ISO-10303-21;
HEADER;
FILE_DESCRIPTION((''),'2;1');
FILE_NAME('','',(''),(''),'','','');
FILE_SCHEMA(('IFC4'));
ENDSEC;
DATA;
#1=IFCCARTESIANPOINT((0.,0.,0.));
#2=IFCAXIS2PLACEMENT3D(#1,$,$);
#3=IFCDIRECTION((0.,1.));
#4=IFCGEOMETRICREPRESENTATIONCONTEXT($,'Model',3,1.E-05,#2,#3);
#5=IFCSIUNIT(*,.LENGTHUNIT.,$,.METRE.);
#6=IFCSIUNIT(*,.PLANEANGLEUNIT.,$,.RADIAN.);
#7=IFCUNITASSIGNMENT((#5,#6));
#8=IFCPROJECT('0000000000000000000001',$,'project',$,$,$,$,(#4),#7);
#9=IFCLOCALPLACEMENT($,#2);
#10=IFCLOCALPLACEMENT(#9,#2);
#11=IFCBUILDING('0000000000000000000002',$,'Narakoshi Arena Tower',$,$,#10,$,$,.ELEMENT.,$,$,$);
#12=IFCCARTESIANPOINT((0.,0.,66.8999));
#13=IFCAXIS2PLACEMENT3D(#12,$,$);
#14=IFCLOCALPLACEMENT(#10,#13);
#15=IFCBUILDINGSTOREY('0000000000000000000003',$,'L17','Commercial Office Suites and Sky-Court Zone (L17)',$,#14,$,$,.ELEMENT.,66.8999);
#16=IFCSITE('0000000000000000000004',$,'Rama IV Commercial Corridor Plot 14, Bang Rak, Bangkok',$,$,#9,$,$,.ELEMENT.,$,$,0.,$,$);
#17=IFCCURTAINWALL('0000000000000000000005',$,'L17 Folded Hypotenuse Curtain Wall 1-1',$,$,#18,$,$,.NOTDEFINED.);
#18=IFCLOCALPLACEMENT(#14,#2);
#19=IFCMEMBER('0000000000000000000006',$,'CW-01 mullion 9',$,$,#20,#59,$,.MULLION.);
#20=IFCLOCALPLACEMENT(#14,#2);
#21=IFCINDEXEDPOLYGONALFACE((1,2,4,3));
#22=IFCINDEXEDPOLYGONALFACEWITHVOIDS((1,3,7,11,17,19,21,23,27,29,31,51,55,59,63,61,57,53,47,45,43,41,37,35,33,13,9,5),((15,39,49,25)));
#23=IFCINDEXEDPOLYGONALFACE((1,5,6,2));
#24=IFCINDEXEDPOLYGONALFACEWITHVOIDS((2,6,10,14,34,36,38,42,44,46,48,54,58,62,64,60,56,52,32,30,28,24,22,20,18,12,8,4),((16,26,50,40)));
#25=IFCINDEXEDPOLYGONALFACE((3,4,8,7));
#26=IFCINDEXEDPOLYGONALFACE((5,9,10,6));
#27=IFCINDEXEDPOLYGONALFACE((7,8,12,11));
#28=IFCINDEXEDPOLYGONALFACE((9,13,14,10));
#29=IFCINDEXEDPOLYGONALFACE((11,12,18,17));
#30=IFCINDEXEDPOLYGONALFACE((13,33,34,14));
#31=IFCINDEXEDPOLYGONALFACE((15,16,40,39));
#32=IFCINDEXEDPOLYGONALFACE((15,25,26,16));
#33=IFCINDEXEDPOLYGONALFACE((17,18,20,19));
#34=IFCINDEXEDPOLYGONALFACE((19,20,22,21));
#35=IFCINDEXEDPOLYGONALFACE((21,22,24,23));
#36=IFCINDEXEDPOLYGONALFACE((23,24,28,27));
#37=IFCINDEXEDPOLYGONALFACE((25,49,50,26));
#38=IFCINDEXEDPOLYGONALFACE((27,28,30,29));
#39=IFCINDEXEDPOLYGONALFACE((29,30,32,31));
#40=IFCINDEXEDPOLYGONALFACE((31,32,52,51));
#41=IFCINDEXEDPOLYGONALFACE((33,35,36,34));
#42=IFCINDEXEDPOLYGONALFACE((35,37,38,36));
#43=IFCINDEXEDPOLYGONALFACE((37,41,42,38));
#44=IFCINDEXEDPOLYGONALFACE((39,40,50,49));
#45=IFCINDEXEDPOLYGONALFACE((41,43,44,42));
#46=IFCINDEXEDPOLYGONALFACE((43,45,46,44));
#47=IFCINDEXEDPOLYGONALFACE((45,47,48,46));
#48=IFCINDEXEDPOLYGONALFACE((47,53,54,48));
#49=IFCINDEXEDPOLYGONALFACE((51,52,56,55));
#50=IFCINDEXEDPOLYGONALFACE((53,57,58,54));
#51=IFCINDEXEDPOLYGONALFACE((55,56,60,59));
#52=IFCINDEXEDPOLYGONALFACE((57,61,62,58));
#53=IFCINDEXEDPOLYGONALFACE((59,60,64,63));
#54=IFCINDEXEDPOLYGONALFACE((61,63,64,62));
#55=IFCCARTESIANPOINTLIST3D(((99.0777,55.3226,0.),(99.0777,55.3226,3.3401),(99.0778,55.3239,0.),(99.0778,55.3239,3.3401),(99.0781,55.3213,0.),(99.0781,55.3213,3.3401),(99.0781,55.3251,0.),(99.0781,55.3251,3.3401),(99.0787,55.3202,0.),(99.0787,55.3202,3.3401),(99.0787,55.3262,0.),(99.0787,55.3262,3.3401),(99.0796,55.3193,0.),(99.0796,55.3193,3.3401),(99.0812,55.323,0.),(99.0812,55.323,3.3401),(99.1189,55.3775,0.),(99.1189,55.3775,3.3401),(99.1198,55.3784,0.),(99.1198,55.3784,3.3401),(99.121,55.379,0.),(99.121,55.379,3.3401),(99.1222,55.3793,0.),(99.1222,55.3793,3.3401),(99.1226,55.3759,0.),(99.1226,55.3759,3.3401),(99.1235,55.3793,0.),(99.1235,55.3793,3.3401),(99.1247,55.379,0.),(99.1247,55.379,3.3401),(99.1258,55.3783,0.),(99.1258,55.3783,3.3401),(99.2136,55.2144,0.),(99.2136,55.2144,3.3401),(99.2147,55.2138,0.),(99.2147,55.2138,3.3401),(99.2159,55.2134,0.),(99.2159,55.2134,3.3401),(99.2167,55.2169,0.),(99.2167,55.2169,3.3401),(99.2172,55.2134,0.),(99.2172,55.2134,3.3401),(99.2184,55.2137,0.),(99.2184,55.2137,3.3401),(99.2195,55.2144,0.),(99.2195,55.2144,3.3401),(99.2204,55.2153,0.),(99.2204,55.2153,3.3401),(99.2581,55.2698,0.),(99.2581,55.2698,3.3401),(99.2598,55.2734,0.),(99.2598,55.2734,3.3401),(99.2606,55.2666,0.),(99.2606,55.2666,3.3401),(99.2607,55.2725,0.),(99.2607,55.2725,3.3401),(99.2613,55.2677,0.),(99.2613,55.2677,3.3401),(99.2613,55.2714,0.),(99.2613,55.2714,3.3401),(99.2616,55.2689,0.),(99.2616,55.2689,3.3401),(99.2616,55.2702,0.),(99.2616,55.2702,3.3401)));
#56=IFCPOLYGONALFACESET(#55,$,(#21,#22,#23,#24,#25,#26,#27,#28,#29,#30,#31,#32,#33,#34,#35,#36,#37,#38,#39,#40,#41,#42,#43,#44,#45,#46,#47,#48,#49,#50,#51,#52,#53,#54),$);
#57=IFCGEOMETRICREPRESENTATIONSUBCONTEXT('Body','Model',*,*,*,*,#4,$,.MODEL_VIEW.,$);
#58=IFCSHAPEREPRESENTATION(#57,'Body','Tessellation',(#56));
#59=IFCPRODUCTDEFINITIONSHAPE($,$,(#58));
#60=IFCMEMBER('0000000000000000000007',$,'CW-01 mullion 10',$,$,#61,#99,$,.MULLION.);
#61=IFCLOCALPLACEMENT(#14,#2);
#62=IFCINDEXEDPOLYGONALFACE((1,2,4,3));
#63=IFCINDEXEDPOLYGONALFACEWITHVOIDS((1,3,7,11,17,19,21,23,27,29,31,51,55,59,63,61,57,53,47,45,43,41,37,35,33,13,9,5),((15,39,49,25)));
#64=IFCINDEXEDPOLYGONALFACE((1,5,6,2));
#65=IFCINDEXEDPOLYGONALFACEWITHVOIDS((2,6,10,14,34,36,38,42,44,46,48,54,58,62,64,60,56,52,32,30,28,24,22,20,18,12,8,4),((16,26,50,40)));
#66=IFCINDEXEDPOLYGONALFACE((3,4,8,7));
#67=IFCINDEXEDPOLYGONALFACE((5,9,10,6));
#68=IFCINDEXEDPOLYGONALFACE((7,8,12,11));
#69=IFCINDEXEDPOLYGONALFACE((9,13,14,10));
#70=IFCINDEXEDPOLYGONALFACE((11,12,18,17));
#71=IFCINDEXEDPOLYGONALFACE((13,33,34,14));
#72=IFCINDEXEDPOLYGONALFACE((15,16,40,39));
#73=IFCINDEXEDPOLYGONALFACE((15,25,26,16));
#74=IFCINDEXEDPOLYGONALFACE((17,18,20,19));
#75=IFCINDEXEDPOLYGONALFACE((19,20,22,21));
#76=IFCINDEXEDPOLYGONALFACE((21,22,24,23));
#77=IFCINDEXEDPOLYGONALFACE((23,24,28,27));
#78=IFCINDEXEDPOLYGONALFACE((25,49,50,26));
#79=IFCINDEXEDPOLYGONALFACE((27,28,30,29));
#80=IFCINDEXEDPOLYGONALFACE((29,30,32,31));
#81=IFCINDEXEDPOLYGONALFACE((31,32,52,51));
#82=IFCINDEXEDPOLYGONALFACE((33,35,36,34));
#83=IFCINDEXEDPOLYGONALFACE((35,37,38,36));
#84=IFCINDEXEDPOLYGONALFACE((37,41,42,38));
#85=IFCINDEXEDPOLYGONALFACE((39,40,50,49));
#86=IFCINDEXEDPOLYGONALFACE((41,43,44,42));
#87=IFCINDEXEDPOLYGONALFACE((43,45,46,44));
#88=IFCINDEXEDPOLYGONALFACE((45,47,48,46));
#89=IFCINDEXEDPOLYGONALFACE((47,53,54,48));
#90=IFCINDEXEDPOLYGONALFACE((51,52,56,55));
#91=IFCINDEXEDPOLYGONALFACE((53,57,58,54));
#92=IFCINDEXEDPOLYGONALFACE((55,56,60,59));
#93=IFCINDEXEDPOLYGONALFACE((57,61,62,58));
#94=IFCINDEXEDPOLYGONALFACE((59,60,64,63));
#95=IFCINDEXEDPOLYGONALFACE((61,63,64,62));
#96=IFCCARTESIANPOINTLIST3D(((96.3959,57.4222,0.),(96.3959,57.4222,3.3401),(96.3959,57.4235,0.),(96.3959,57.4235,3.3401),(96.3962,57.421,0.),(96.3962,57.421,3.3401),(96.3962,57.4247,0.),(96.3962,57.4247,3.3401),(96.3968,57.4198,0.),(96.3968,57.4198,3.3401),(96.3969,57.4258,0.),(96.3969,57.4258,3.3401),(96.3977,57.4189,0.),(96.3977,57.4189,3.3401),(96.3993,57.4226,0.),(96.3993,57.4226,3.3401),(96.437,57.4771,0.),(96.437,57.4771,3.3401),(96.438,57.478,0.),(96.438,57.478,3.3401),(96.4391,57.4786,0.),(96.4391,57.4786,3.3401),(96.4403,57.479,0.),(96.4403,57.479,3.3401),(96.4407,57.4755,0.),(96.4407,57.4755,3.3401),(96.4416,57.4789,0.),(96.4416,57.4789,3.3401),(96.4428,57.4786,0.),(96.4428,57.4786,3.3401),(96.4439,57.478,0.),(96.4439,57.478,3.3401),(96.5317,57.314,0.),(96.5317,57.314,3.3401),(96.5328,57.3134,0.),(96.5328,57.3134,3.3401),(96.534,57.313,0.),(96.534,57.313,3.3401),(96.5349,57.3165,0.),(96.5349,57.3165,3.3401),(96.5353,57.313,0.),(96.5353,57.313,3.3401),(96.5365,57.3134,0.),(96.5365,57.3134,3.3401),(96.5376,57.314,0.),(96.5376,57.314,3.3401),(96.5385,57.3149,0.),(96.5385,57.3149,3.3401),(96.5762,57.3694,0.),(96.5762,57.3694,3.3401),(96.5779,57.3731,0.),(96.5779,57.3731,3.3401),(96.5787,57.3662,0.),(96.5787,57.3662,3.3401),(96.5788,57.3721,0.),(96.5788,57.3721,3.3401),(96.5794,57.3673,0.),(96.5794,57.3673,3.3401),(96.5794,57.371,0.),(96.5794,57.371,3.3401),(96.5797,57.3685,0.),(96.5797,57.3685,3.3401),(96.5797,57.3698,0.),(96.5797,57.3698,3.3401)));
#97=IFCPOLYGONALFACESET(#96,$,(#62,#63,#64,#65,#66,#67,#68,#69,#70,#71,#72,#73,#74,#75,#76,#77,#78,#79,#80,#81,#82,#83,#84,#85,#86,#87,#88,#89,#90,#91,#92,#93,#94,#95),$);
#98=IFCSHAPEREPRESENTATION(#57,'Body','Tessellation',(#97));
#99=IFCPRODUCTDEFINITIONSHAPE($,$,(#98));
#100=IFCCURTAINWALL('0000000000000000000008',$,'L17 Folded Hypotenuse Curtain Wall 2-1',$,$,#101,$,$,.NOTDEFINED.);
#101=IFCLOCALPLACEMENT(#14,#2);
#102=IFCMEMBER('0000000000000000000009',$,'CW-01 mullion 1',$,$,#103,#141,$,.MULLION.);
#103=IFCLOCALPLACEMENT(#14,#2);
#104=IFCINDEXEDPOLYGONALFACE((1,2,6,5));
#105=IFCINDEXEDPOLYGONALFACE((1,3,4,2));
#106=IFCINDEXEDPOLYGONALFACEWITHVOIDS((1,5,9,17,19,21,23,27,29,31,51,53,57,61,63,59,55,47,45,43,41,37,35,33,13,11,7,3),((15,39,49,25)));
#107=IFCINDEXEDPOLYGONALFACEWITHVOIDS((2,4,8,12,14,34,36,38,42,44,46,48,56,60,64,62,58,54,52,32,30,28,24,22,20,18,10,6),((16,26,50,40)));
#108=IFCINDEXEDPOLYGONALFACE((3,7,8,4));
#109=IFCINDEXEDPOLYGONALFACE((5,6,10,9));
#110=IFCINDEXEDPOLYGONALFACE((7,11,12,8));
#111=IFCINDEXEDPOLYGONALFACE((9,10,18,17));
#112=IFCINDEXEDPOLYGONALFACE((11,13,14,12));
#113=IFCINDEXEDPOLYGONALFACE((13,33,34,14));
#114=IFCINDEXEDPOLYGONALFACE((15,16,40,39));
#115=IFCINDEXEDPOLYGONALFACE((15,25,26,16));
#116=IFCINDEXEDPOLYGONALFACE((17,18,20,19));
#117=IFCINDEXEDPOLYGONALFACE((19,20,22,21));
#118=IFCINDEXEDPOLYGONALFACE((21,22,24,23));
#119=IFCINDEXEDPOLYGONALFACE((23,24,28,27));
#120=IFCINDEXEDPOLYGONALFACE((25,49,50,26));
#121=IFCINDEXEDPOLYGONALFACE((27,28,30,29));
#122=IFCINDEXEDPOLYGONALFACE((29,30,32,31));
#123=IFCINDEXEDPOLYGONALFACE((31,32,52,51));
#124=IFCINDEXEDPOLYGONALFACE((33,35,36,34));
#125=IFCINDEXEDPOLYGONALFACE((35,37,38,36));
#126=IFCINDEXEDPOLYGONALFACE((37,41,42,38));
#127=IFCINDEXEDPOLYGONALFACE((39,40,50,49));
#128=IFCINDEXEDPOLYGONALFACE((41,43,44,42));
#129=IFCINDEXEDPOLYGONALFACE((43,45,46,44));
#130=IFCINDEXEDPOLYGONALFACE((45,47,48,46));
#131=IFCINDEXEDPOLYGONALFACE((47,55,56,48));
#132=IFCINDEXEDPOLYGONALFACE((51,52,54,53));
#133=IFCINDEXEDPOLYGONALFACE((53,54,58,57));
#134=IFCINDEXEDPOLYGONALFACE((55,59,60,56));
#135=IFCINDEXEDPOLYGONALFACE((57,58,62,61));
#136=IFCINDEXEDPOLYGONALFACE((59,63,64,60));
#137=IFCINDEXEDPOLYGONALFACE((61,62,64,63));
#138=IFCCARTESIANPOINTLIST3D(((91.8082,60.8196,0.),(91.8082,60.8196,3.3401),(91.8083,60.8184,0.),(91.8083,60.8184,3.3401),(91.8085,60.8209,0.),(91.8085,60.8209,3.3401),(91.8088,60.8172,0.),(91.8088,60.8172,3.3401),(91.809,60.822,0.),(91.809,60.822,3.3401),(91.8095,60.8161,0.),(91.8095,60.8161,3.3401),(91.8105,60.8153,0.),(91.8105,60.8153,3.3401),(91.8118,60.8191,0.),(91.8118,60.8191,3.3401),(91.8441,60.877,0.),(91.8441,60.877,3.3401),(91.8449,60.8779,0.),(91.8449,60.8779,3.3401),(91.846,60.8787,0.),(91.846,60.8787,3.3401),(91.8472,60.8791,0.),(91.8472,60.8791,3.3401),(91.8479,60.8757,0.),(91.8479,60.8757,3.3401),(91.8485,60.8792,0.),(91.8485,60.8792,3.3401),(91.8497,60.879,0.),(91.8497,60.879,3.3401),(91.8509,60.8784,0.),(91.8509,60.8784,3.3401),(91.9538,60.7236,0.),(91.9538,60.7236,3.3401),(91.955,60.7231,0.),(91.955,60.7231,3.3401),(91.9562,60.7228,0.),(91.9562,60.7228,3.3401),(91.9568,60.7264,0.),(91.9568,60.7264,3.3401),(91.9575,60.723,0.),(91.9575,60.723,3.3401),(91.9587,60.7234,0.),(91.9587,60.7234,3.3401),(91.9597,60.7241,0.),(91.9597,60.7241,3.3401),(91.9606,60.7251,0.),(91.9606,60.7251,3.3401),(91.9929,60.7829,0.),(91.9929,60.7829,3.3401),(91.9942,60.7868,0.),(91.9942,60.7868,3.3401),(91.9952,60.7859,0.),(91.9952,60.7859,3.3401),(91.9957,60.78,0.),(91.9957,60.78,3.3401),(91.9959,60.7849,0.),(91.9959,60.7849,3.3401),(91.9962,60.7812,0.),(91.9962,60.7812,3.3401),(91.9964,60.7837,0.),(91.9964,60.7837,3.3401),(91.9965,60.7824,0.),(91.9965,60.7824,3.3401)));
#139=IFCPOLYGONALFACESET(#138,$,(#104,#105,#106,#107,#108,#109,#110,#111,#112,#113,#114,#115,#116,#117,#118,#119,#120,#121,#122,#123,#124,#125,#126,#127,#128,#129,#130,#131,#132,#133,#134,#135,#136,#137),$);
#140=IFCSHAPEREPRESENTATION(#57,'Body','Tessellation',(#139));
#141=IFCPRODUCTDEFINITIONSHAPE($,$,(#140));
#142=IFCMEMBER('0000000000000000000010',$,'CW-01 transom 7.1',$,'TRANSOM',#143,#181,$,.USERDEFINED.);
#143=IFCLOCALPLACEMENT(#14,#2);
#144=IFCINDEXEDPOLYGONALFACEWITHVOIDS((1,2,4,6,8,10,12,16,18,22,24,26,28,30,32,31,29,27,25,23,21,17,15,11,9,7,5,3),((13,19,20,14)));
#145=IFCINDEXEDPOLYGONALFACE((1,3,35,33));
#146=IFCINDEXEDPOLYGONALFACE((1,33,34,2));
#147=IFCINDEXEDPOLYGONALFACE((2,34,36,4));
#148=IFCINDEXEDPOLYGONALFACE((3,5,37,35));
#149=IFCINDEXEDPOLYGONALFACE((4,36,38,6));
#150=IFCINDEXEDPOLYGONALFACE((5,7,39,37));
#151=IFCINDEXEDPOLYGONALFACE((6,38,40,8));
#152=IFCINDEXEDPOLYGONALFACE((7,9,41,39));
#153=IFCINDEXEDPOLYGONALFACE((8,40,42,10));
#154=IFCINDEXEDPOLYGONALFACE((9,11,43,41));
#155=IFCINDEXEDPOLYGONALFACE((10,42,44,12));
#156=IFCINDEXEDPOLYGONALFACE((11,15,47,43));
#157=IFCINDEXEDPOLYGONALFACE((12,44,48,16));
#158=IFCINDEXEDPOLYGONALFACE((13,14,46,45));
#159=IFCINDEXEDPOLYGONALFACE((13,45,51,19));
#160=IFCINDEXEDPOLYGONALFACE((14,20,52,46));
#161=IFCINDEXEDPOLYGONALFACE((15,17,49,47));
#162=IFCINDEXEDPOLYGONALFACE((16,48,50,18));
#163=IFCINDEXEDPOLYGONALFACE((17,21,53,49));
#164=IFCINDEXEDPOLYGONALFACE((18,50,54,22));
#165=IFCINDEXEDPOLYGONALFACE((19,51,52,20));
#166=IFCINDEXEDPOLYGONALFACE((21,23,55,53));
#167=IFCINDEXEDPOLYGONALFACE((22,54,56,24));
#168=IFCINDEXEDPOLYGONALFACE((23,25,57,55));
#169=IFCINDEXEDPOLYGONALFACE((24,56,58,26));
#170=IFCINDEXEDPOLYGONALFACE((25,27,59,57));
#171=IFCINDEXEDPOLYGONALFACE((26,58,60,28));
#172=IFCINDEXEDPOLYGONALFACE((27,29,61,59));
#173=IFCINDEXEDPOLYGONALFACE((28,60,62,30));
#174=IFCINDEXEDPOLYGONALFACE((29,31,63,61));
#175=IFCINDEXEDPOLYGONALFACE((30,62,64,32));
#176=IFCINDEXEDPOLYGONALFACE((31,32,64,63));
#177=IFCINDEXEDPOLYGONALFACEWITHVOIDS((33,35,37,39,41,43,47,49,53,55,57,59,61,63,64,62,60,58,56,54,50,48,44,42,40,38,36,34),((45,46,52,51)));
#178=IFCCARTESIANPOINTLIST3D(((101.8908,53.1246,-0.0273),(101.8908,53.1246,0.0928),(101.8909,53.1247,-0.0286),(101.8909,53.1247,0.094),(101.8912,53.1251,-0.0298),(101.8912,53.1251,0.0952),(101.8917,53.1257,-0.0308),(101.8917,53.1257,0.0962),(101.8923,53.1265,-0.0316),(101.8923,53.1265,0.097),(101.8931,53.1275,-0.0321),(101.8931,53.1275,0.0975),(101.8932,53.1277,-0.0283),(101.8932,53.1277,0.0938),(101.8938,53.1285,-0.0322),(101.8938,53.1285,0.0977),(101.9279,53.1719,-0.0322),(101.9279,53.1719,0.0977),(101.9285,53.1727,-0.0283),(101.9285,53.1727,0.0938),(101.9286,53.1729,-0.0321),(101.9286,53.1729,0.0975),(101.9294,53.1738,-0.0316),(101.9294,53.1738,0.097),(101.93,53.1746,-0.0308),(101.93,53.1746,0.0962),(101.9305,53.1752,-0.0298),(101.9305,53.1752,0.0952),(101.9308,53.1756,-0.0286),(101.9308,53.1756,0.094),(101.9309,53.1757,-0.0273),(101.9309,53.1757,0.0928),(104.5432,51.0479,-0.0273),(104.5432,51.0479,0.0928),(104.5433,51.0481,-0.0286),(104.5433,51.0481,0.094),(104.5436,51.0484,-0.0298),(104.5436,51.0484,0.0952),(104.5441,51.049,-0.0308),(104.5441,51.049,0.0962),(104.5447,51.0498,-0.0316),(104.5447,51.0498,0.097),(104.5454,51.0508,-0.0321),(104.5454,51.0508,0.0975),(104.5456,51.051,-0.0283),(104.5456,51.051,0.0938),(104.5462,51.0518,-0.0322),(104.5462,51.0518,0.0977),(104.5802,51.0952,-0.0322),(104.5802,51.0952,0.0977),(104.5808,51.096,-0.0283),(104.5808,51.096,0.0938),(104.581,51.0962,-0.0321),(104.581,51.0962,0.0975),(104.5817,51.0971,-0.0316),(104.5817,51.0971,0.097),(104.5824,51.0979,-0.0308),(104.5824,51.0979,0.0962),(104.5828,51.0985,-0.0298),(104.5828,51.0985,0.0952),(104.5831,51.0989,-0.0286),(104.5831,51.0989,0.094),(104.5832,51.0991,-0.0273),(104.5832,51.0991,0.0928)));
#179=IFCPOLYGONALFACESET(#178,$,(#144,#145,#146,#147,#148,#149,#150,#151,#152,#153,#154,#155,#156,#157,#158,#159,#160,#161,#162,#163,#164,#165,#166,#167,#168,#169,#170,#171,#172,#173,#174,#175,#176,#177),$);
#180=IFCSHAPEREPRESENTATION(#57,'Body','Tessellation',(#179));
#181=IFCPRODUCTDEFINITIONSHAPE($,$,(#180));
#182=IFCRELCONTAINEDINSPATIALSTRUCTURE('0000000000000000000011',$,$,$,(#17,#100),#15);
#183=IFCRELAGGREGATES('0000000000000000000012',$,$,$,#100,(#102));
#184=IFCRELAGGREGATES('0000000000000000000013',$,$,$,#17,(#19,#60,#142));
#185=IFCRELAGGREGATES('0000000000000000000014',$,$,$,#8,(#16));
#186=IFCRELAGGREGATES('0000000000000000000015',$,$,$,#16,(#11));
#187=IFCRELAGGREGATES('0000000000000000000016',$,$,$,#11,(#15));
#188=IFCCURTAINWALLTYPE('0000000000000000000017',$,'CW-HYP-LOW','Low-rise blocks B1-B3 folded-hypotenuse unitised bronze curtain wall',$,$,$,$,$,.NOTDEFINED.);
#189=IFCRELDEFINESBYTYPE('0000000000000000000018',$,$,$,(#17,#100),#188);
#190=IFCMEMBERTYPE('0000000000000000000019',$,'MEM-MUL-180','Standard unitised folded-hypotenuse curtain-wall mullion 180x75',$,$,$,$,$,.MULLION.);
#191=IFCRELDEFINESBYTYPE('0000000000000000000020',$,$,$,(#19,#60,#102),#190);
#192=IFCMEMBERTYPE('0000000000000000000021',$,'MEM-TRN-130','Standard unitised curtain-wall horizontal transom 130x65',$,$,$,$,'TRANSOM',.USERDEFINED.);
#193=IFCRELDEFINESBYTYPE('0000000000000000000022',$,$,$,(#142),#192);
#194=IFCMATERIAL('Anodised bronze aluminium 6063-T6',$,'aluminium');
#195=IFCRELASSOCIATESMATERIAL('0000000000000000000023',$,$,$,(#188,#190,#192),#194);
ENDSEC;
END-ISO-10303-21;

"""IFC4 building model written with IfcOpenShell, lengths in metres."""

from ifc_helpers import new_model, si_unit, direction, frame, origin, origin_2d, place, context, subcontext, project, spatial, hollow_rectangle, extrude, material, material_profile, profile_set, type_object, element, aggregate, save


model = new_model("IFC4")

# Units and contexts
model_context = context("Model", 3, precision=1e-05, world=origin(), true_north=direction((0.0, 1.0)))
body_context = subcontext(model_context, "Body", "Model", "MODEL_VIEW")
ifc_project = project(units=[si_unit("LENGTHUNIT", "METRE"), si_unit("PLANEANGLEUNIT", "RADIAN")], contexts=[model_context])

# Site, building, storey
site_placement = place(None, origin())
site = spatial("IfcSite", under=ifc_project, at=site_placement, Name="Rama IV Commercial Corridor Plot 14, Bang Rak, Bangkok", CompositionType="ELEMENT", RefElevation=0.0)
building_placement = place(site_placement, origin())
building = spatial("IfcBuilding", under=site, at=building_placement, Name="Narakoshi Arena Tower", CompositionType="ELEMENT")
storey_placement = place(building_placement, frame((0.0, 0.0, 66.8999)))
storey = spatial("IfcBuildingStorey", under=building, at=storey_placement, Name="L17", Description="Commercial Office Suites and Sky-Court Zone (L17)", CompositionType="ELEMENT", Elevation=66.8999)

# Curtain wall, members
ifc_material_1 = material(Name="Anodised bronze aluminium 6063-T6", Category="aluminium")
curtain_wall_type = type_object("IfcCurtainWallType", Name="CW-HYP-LOW", Description="Low-rise blocks B1-B3 folded-hypotenuse unitised bronze curtain wall", PredefinedType="NOTDEFINED", material=ifc_material_1)
curtain_wall_1_placement = place(storey_placement, origin())
curtain_wall_1 = element("IfcCurtainWall", 1, at=curtain_wall_1_placement, inside=storey, type_object=curtain_wall_type, Name="L17 Folded Hypotenuse Curtain Wall 1-1", PredefinedType="NOTDEFINED")
ifc_material_profile_1 = material_profile(ifc_material_1, hollow_rectangle(XDim=0.075, YDim=0.1799, WallThickness=0.0039, OuterFilletRadius=0.0049, at=origin_2d()), Name="MUL180x75x4")
ifc_profile_set_1 = profile_set([ifc_material_profile_1], Name="Anodised bronze aluminium 6063-T6")
member_type_1 = type_object("IfcMemberType", Name="MEM-MUL-180", Description="Standard unitised folded-hypotenuse curtain-wall mullion 180x75", PredefinedType="MULLION", material=ifc_profile_set_1)
member_1_placement = place(storey_placement, frame((99.1697, 55.2964, 0.0), z_axis=(0.0, 0.0, 1.0), x_axis=(-0.616458, -0.787388, 0.0)))
member_1 = element("IfcMember", 2, at=member_1_placement, type_object=member_type_1, Name="CW-01 mullion 9", PredefinedType="MULLION", context=body_context, shape_type="SweptSolid", body=[
    extrude(hollow_rectangle(XDim=0.075, YDim=0.1799, WallThickness=0.0039, OuterFilletRadius=0.0049, at=origin_2d()), origin(), (0.0, 0.0, 1.0), 3.3401),
])
member_2_placement = place(storey_placement, frame((96.4878, 57.396, 0.0), z_axis=(0.0, 0.0, 1.0), x_axis=(-0.616458, -0.787388, 0.0)))
member_2 = element("IfcMember", 3, at=member_2_placement, type_object=member_type_1, Name="CW-01 mullion 10", PredefinedType="MULLION", context=body_context, shape_type="SweptSolid", body=[
    extrude(hollow_rectangle(XDim=0.075, YDim=0.1799, WallThickness=0.0039, OuterFilletRadius=0.0049, at=origin_2d()), origin(), (0.0, 0.0, 1.0), 3.3401),
])

# Curtain wall, member
curtain_wall_2_placement = place(storey_placement, origin())
curtain_wall_2 = element("IfcCurtainWall", 4, at=curtain_wall_2_placement, inside=storey, type_object=curtain_wall_type, Name="L17 Folded Hypotenuse Curtain Wall 2-1", PredefinedType="NOTDEFINED")
member_3_placement = place(storey_placement, frame((91.9023, 60.801, 0.0), z_axis=(0.0, 0.0, 1.0), x_axis=(-0.538822, -0.842419, 0.0)))
member_3 = element("IfcMember", 5, at=member_3_placement, type_object=member_type_1, Name="CW-01 mullion 1", PredefinedType="MULLION", context=body_context, shape_type="SweptSolid", body=[
    extrude(hollow_rectangle(XDim=0.075, YDim=0.1799, WallThickness=0.0039, OuterFilletRadius=0.0049, at=origin_2d()), origin(), (0.0, 0.0, 1.0), 3.3401),
])
aggregate(curtain_wall_2, [member_3])

# Member
ifc_material_profile_2 = material_profile(ifc_material_1, hollow_rectangle(XDim=0.0649, YDim=0.1299, WallThickness=0.0039, OuterFilletRadius=0.0049, at=origin_2d()), Name="TRN130x65x4")
ifc_profile_set_2 = profile_set([ifc_material_profile_2], Name="Anodised bronze aluminium 6063-T6")
member_type_2 = type_object("IfcMemberType", Name="MEM-TRN-130", Description="Standard unitised curtain-wall horizontal transom 130x65", ElementType="TRANSOM", PredefinedType="USERDEFINED", material=ifc_profile_set_2)
member_4_placement = place(storey_placement, frame((104.5632, 51.0735, 0.0327), z_axis=(-0.787373, 0.616476, 0.0), x_axis=(-0.616476, -0.787373, 0.0)))
member_4 = element("IfcMember", 6, at=member_4_placement, type_object=member_type_2, Name="CW-01 transom 7.1", ObjectType="TRANSOM", PredefinedType="USERDEFINED", context=body_context, shape_type="SweptSolid", body=[
    extrude(hollow_rectangle(XDim=0.0649, YDim=0.1299, WallThickness=0.0039, OuterFilletRadius=0.0049, at=origin_2d()), origin(), (0.0, 0.0, 1.0), 3.3687),
])

aggregate(curtain_wall_1, [member_1, member_2, member_4])

save(model, "model.ifc")
